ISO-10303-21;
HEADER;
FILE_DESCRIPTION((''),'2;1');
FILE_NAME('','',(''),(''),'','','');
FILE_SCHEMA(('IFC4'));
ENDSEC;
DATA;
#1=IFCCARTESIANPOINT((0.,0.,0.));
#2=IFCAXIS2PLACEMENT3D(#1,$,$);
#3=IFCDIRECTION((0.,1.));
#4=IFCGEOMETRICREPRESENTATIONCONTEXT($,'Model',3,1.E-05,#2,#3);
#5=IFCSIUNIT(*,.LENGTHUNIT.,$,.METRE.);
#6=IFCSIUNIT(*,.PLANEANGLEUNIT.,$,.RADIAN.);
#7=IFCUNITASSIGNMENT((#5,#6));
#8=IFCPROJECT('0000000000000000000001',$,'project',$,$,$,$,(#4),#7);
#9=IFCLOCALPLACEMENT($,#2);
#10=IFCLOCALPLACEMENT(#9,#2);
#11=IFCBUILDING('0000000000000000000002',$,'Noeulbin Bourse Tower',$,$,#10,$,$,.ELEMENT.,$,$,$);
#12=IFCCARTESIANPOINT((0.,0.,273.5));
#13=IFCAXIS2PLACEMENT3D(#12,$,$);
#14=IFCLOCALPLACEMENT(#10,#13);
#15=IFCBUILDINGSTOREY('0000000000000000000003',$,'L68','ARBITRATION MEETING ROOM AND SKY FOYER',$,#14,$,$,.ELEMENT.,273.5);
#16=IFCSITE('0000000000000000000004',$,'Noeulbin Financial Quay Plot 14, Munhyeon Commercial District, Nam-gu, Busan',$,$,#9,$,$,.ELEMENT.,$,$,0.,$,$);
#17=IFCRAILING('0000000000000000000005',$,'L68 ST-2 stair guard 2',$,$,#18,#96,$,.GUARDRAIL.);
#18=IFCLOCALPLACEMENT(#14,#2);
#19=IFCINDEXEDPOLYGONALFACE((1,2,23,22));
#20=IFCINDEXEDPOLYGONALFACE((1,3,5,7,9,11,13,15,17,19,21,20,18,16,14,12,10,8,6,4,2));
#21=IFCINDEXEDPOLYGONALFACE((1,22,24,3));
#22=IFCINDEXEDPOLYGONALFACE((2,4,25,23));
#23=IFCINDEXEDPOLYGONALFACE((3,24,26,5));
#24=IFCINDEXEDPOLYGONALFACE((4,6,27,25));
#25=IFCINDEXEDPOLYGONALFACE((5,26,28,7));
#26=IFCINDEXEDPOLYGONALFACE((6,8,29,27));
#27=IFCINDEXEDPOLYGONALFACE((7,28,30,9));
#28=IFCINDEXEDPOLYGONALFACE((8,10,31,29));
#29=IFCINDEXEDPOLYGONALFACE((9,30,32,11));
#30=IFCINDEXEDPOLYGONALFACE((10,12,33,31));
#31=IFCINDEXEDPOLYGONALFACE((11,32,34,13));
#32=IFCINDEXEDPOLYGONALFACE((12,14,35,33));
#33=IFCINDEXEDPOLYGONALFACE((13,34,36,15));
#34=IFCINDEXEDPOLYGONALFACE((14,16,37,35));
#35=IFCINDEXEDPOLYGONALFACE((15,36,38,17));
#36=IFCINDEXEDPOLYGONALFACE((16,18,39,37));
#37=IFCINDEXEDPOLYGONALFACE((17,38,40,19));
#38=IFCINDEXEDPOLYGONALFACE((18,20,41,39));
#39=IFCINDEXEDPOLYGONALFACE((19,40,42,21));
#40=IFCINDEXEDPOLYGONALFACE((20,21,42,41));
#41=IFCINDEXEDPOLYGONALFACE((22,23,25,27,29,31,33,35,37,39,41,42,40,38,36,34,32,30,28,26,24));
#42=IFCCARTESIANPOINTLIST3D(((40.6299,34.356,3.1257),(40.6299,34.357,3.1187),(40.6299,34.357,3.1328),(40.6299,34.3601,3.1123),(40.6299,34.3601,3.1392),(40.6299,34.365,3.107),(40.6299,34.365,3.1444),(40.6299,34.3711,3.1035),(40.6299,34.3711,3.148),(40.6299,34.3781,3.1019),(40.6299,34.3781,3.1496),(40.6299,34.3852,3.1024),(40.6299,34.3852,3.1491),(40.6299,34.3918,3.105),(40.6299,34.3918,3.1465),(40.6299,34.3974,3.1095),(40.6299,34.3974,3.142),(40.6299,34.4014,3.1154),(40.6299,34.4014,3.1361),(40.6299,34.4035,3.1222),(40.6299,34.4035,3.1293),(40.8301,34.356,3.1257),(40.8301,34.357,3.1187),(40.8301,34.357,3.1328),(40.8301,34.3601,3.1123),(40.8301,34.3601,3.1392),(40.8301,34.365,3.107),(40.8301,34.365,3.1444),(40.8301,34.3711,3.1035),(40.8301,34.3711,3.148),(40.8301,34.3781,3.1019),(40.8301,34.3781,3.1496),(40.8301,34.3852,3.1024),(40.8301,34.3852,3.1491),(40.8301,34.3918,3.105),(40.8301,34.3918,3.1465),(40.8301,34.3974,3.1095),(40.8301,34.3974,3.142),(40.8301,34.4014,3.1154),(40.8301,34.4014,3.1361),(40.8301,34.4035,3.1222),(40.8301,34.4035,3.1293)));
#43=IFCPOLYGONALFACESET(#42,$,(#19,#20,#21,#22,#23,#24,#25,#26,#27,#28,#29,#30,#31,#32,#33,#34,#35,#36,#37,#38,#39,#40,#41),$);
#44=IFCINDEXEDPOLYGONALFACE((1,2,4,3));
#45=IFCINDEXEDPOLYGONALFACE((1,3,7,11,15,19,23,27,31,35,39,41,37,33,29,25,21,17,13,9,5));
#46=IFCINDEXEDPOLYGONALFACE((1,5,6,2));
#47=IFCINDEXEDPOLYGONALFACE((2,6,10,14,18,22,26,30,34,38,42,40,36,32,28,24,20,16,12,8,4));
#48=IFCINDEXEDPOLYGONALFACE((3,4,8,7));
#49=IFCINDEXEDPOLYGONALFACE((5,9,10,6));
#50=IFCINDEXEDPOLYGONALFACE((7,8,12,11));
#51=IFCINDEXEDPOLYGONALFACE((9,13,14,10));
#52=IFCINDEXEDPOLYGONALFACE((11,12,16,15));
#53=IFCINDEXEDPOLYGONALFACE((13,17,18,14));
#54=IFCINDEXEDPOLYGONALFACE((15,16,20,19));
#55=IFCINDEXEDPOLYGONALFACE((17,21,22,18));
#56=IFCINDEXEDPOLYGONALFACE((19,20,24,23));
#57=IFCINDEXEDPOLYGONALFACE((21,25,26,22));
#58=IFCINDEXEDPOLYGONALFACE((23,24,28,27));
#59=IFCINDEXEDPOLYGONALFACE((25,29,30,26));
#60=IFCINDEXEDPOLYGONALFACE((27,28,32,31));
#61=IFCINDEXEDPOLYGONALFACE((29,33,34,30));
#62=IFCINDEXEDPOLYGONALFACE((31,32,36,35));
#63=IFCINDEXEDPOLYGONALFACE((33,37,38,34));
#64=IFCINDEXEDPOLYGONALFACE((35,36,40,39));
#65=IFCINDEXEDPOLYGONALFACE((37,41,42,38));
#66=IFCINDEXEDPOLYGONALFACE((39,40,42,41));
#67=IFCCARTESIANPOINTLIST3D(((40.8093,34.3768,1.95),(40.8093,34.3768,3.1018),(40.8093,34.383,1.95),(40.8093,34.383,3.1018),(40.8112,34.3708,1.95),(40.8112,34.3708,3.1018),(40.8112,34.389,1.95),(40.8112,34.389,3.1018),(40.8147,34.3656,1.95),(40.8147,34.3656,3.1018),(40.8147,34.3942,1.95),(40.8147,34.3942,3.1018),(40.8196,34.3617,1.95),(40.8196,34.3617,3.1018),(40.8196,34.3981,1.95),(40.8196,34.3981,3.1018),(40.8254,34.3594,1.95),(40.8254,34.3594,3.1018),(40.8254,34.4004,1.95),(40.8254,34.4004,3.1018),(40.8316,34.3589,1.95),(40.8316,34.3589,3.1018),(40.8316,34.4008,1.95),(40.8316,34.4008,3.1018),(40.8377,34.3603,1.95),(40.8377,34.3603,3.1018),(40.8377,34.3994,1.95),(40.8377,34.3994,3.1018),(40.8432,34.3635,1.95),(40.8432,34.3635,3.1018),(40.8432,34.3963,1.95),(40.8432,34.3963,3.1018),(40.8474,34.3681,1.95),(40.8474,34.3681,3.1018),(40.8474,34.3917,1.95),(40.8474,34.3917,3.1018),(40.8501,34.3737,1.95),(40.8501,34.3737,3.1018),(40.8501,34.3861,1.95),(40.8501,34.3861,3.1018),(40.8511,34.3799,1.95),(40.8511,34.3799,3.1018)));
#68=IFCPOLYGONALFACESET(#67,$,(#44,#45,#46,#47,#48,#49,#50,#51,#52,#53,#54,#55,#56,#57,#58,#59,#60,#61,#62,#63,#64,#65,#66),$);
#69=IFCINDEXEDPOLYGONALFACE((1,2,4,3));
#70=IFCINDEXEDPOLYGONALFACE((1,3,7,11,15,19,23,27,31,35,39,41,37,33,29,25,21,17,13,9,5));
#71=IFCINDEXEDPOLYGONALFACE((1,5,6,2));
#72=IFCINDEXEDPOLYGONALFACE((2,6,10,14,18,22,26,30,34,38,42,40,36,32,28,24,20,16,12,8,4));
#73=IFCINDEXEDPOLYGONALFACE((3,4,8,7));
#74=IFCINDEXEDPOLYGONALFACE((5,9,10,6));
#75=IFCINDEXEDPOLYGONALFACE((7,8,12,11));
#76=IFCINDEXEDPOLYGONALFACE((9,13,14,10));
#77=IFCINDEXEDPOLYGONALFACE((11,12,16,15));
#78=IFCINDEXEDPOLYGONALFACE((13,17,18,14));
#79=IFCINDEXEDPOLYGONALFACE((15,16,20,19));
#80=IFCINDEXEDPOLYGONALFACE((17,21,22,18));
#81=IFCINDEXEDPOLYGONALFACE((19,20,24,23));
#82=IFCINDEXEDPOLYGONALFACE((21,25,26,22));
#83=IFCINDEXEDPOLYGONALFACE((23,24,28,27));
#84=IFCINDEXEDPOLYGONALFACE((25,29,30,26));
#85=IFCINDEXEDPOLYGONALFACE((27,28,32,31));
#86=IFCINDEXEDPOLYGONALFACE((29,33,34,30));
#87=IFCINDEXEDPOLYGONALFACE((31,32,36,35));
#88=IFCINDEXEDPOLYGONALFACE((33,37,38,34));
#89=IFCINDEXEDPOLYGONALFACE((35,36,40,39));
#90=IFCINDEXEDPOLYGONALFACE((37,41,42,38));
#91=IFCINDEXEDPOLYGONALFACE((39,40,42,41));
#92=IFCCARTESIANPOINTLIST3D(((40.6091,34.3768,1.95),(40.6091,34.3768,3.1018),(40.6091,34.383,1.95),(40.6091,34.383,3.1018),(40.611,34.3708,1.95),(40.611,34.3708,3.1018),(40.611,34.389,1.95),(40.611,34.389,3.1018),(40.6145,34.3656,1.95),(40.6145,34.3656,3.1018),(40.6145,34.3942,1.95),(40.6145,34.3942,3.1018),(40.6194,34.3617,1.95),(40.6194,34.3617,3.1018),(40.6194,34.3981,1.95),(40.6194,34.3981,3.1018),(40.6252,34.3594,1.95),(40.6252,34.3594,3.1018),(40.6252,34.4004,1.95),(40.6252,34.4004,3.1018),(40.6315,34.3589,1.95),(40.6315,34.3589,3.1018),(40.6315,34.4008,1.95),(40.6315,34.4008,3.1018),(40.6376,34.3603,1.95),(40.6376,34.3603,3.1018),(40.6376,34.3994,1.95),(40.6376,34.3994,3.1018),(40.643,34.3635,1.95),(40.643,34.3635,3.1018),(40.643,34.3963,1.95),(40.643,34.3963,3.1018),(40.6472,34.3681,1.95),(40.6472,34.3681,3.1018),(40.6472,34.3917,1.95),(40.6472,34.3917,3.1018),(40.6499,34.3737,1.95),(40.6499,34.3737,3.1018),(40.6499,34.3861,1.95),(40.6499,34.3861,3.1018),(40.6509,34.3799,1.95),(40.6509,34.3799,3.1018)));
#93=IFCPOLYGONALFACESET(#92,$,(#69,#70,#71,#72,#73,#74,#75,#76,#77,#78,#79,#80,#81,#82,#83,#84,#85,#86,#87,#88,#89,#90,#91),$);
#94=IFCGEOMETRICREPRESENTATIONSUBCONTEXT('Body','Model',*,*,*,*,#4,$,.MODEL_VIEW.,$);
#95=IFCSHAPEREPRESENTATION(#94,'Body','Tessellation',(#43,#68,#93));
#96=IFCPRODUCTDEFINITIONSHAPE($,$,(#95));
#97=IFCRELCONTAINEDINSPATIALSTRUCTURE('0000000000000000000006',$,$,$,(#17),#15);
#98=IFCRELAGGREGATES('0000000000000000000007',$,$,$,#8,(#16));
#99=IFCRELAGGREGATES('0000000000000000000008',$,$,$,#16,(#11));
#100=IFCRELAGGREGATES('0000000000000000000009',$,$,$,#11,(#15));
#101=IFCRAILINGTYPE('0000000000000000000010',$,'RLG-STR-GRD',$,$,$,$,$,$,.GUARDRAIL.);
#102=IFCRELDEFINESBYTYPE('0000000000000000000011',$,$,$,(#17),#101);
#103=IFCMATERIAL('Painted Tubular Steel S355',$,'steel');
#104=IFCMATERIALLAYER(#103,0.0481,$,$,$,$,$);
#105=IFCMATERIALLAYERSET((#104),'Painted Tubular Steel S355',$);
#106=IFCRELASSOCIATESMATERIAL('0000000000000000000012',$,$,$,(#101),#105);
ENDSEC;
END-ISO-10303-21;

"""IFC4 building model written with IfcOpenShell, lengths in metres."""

from ifc_helpers import new_model, si_unit, direction, frame, origin, origin_2d, place, context, subcontext, project, spatial, circle, extrude, material, layer, layer_set, type_object, element, save


model = new_model("IFC4")

# Units and contexts
model_context = context("Model", 3, precision=1e-05, world=origin(), true_north=direction((0.0, 1.0)))
body_context = subcontext(model_context, "Body", "Model", "MODEL_VIEW")
ifc_project = project(units=[si_unit("LENGTHUNIT", "METRE"), si_unit("PLANEANGLEUNIT", "RADIAN")], contexts=[model_context])

# Site, building, storey
site_placement = place(None, origin())
site = spatial("IfcSite", under=ifc_project, at=site_placement, Name="Noeulbin Financial Quay Plot 14, Munhyeon Commercial District, Nam-gu, Busan", CompositionType="ELEMENT", RefElevation=0.0)
building_placement = place(site_placement, origin())
building = spatial("IfcBuilding", under=site, at=building_placement, Name="Noeulbin Bourse Tower", CompositionType="ELEMENT")
storey_placement = place(building_placement, frame((0.0, 0.0, 273.5)))
storey = spatial("IfcBuildingStorey", under=building, at=storey_placement, Name="L68", Description="ARBITRATION MEETING ROOM AND SKY FOYER", CompositionType="ELEMENT", Elevation=273.5)

# Railing
ifc_material_1 = material(Name="Painted Tubular Steel S355", Category="steel")
ifc_layer_1 = layer(ifc_material_1, 0.0481)
ifc_layer_set_1 = layer_set([ifc_layer_1], Name="Painted Tubular Steel S355")
railing_type_1 = type_object("IfcRailingType", Name="RLG-STR-GRD", PredefinedType="GUARDRAIL", material=ifc_layer_set_1)
railing_1_placement = place(storey_placement, frame((40.8301, 34.3799, 1.95)))
element("IfcRailing", 1, at=railing_1_placement, inside=storey, type_object=railing_type_1, Name="L68 ST-2 stair guard 2", PredefinedType="GUARDRAIL", context=body_context, shape_type="SweptSolid", body=[
    extrude(circle(Radius=0.0239, at=origin_2d()), frame((0.0, 0.0, 1.1758), z_axis=(-1.0, 0.0, 0.0), x_axis=(0.0, -1.0, 0.0)), (0.0, 0.0, 1.0), 0.2002),
    extrude(circle(Radius=0.021, at=origin_2d()), origin(), (0.0, 0.0, 1.0), 1.1519),
    extrude(circle(Radius=0.021, at=origin_2d()), frame((-0.2002, 0.0, 0.0)), (0.0, 0.0, 1.0), 1.1519),
])

save(model, "model.ifc")
